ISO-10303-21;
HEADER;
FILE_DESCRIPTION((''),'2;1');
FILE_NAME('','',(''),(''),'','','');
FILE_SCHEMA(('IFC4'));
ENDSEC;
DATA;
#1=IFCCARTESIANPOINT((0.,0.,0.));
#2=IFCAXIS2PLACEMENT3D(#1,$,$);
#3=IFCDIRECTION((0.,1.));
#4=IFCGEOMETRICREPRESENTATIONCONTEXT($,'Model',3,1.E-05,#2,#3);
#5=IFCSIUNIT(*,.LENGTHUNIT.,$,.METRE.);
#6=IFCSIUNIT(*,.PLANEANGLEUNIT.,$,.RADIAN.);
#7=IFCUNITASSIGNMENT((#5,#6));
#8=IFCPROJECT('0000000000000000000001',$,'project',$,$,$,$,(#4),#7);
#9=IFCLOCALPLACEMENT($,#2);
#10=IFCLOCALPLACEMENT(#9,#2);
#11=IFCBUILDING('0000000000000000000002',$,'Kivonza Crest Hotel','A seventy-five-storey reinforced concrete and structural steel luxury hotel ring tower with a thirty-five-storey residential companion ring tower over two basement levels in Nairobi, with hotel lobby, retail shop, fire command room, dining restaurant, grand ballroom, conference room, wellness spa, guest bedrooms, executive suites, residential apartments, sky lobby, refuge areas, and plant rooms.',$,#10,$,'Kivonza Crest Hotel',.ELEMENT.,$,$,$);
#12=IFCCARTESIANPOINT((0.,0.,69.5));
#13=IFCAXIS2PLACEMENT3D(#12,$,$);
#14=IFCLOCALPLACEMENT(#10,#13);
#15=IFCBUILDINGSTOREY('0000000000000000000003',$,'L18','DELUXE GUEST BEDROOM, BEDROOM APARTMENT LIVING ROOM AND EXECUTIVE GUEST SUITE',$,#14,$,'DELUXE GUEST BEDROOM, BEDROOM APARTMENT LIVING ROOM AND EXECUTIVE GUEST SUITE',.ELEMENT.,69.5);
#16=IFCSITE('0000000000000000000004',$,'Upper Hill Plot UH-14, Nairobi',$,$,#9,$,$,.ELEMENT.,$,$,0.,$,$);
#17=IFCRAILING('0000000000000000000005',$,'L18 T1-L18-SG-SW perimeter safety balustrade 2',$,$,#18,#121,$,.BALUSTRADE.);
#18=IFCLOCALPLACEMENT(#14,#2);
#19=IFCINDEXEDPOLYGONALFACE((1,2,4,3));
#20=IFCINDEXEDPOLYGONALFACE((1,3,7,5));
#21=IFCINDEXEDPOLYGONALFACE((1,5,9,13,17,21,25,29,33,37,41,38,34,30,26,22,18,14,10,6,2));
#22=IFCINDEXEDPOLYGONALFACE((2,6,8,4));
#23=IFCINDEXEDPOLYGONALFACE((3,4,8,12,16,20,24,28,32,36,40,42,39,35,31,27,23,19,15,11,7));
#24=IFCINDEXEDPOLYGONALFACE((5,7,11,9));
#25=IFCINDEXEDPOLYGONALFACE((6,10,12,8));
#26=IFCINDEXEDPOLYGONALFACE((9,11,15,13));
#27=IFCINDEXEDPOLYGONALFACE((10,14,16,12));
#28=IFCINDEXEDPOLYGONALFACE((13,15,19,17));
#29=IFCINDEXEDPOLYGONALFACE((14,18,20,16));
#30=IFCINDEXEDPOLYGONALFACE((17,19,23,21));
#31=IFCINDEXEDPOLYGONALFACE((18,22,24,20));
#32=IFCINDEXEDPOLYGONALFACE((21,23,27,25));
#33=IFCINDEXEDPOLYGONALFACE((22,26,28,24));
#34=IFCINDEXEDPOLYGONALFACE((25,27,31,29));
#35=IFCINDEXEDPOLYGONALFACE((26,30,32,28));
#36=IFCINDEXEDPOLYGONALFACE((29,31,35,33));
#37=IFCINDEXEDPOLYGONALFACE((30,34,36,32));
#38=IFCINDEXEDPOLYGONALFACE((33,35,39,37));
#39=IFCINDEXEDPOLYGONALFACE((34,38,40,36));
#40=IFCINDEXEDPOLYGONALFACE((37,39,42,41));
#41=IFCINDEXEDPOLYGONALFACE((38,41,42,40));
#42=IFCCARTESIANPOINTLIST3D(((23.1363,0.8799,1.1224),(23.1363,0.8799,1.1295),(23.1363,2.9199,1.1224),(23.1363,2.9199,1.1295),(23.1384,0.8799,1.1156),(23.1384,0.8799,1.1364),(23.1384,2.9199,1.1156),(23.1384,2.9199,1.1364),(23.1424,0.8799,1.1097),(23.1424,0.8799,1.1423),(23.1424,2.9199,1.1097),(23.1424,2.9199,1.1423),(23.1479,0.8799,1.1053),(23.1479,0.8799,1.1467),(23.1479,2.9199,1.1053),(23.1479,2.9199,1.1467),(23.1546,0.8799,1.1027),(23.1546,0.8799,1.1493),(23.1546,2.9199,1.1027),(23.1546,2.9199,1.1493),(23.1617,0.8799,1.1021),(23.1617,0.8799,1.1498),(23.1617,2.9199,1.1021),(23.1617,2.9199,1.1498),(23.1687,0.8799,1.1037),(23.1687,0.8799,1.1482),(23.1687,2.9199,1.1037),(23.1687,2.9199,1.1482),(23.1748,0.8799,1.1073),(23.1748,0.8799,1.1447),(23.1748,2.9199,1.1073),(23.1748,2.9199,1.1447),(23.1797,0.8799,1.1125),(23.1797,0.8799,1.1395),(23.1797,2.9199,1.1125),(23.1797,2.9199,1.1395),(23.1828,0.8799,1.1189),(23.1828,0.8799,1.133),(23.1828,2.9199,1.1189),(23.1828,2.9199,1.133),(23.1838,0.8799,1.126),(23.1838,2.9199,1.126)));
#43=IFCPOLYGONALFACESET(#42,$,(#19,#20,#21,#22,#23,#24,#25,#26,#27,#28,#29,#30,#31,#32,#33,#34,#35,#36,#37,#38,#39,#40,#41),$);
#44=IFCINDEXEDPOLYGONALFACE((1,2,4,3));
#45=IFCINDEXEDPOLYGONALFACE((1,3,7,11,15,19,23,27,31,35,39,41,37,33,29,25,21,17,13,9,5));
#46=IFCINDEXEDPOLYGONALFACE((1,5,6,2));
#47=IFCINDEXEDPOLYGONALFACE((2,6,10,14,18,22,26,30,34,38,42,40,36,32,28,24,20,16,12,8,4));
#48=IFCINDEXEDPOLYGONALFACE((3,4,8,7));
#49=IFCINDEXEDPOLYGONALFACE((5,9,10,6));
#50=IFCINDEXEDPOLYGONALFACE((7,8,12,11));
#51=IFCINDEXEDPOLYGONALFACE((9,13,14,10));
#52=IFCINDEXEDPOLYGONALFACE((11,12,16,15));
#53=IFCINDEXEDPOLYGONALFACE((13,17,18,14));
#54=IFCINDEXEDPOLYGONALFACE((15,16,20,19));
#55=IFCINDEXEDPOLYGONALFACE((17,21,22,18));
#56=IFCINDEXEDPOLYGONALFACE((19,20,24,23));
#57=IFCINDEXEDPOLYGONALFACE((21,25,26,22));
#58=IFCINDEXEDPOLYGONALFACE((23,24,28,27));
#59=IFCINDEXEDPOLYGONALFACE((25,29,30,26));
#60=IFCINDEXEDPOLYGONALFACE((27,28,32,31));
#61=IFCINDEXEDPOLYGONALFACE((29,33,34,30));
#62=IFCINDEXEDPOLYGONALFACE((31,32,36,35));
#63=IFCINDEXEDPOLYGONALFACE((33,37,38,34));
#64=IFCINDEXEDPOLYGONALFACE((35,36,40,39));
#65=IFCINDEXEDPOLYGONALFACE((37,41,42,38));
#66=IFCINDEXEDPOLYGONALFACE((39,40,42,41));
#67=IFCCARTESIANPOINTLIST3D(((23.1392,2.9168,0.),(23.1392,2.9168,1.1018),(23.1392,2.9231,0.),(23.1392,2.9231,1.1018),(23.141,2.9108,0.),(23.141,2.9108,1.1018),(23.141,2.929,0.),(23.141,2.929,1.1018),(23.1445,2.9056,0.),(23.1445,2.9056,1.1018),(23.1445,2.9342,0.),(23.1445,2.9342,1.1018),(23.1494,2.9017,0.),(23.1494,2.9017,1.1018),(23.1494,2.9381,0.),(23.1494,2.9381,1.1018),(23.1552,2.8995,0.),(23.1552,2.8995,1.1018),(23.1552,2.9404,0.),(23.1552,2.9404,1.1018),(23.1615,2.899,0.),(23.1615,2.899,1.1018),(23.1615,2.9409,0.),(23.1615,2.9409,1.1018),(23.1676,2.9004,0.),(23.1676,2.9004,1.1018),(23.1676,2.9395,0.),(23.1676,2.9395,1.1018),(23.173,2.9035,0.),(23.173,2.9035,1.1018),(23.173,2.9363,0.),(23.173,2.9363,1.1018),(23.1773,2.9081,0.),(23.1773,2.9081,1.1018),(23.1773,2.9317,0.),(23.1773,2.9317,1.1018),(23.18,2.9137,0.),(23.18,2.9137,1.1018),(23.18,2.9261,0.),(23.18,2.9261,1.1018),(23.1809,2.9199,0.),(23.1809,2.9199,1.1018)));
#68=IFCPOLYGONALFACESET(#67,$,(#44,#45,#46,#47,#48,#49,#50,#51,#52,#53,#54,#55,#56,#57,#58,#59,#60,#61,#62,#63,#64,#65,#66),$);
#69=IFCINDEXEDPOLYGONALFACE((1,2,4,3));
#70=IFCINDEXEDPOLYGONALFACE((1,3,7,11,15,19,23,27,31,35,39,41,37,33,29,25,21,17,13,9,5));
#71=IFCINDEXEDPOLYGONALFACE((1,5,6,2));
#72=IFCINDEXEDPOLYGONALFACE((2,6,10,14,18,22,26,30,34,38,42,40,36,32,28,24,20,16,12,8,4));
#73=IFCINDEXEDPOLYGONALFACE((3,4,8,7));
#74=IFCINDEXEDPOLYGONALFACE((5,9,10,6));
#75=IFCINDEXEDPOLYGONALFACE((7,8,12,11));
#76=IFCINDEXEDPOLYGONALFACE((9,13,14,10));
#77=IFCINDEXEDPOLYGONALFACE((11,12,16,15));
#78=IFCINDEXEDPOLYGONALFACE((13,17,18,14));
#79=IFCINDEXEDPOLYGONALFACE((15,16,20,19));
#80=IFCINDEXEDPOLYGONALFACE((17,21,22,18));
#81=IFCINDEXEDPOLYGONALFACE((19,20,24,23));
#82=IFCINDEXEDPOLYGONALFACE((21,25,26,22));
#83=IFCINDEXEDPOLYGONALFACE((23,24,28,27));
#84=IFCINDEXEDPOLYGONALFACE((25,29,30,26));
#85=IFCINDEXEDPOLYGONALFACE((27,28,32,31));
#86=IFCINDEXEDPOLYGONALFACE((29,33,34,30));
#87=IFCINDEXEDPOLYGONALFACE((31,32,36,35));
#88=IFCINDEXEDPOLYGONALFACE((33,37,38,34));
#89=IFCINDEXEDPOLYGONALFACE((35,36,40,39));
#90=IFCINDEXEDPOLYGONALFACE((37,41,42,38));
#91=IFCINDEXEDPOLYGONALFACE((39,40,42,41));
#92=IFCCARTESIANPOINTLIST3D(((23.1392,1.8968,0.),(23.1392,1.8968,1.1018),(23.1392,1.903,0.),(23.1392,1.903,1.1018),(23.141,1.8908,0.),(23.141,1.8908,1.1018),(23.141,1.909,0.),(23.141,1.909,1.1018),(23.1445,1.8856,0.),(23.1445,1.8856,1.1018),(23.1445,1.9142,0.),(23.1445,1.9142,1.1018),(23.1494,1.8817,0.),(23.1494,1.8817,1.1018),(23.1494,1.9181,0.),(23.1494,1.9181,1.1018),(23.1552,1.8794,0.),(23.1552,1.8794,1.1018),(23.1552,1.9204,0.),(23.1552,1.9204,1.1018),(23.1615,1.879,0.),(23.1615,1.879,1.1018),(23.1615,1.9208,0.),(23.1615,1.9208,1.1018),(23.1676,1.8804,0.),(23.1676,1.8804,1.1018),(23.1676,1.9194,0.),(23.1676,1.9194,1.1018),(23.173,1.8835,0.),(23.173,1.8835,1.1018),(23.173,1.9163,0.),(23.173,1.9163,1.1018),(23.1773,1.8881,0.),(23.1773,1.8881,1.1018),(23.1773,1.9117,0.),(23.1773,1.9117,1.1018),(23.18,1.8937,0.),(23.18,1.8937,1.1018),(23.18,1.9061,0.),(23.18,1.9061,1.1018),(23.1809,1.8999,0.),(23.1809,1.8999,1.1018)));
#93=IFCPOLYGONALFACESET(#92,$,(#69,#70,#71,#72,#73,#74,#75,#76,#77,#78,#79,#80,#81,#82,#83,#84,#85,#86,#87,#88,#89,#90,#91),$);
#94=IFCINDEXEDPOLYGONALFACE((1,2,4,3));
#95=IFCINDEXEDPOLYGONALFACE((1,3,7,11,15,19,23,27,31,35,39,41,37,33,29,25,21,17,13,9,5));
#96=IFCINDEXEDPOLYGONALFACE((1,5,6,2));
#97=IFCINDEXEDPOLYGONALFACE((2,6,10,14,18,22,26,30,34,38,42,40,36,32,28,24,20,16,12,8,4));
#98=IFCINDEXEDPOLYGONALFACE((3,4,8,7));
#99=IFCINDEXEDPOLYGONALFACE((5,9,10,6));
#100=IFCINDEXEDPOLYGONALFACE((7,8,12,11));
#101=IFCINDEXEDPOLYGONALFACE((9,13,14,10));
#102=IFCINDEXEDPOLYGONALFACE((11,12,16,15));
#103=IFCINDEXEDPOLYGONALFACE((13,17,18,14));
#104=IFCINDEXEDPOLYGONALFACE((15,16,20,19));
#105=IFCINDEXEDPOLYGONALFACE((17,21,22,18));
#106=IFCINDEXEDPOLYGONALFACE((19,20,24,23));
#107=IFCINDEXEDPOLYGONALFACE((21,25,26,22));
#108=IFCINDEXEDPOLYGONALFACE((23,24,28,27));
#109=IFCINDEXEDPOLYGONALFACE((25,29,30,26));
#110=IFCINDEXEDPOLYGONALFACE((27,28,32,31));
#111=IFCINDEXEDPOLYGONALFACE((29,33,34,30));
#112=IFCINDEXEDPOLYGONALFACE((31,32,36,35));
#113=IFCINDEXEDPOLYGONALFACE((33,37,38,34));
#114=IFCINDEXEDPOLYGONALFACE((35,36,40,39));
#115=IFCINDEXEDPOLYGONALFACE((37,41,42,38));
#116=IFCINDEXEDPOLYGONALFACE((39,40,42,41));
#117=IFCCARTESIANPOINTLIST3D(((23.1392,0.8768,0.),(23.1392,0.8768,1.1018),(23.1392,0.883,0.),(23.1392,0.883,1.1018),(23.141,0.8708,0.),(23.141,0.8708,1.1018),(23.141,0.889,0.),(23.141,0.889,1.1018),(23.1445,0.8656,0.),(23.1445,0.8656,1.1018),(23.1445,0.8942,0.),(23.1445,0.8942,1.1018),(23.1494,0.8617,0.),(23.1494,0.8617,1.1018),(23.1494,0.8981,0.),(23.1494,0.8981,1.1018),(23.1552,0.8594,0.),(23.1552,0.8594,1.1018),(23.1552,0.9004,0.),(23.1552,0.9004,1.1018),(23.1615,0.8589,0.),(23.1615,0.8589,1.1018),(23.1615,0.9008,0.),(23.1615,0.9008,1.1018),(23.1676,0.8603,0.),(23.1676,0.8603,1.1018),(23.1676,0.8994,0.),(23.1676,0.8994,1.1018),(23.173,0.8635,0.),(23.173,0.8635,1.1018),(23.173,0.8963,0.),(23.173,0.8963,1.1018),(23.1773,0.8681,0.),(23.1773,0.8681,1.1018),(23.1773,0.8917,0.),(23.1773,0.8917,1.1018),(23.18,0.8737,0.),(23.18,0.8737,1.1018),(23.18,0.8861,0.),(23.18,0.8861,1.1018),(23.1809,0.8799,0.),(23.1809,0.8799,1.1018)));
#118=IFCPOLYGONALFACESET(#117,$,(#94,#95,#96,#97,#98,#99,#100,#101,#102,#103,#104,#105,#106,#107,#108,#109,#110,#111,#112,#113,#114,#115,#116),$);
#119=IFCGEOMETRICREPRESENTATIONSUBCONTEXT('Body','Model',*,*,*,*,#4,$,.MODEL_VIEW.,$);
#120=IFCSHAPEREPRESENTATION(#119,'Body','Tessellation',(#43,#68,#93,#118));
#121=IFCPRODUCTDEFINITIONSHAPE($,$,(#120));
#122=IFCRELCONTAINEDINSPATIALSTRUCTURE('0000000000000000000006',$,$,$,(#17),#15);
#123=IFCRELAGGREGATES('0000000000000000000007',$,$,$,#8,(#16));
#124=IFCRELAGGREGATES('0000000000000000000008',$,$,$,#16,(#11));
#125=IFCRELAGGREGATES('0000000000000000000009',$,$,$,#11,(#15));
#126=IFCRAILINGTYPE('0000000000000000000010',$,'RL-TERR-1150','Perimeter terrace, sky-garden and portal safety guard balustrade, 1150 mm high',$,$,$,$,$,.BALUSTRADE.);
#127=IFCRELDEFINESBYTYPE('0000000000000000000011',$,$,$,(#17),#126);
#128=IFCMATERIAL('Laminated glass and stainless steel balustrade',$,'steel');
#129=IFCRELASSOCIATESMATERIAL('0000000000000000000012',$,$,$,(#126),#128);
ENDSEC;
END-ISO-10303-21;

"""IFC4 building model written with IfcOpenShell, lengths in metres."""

from ifc_helpers import new_model, si_unit, direction, frame, origin, origin_2d, place, context, subcontext, project, spatial, circle, extrude, material, type_object, element, save


model = new_model("IFC4")

# Units and contexts
model_context = context("Model", 3, precision=1e-05, world=origin(), true_north=direction((0.0, 1.0)))
body_context = subcontext(model_context, "Body", "Model", "MODEL_VIEW")
ifc_project = project(units=[si_unit("LENGTHUNIT", "METRE"), si_unit("PLANEANGLEUNIT", "RADIAN")], contexts=[model_context])

# Site, building, storey
site_placement = place(None, origin())
site = spatial("IfcSite", under=ifc_project, at=site_placement, Name="Upper Hill Plot UH-14, Nairobi", CompositionType="ELEMENT", RefElevation=0.0)
building_placement = place(site_placement, origin())
building = spatial("IfcBuilding", under=site, at=building_placement, Name="Kivonza Crest Hotel", Description="A seventy-five-storey reinforced concrete and structural steel luxury hotel ring tower with a thirty-five-storey residential companion ring tower over two basement levels in Nairobi, with hotel lobby, retail shop, fire command room, dining restaurant, grand ballroom, conference room, wellness spa, guest bedrooms, executive suites, residential apartments, sky lobby, refuge areas, and plant rooms.", LongName="Kivonza Crest Hotel", CompositionType="ELEMENT")
storey_placement = place(building_placement, frame((0.0, 0.0, 69.5)))
storey = spatial("IfcBuildingStorey", under=building, at=storey_placement, Name="L18", Description="DELUXE GUEST BEDROOM, BEDROOM APARTMENT LIVING ROOM AND EXECUTIVE GUEST SUITE", LongName="DELUXE GUEST BEDROOM, BEDROOM APARTMENT LIVING ROOM AND EXECUTIVE GUEST SUITE", CompositionType="ELEMENT", Elevation=69.5)

# Railing
ifc_material_1 = material(Name="Laminated glass and stainless steel balustrade", Category="steel")
railing_type = type_object("IfcRailingType", Name="RL-TERR-1150", Description="Perimeter terrace, sky-garden and portal safety guard balustrade, 1150 mm high", PredefinedType="BALUSTRADE", material=ifc_material_1)
railing_1_placement = place(storey_placement, frame((23.1599, 2.9199, 0.0)))
element("IfcRailing", 1, at=railing_1_placement, inside=storey, type_object=railing_type, Name="L18 T1-L18-SG-SW perimeter safety balustrade 2", PredefinedType="BALUSTRADE", context=body_context, shape_type="SweptSolid", body=[
    extrude(circle(Radius=0.0239, at=origin_2d()), frame((0.0, 0.0, 1.126), z_axis=(0.0, -1.0, 0.0), x_axis=(1.0, 0.0, 0.0)), (0.0, 0.0, 1.0), 2.04),
    extrude(circle(Radius=0.021, at=origin_2d()), origin(), (0.0, 0.0, 1.0), 1.1018),
    extrude(circle(Radius=0.021, at=origin_2d()), frame((0.0, -1.02, 0.0)), (0.0, 0.0, 1.0), 1.1018),
    extrude(circle(Radius=0.021, at=origin_2d()), frame((0.0, -2.04, 0.0)), (0.0, 0.0, 1.0), 1.1018),
])

save(model, "model.ifc")
